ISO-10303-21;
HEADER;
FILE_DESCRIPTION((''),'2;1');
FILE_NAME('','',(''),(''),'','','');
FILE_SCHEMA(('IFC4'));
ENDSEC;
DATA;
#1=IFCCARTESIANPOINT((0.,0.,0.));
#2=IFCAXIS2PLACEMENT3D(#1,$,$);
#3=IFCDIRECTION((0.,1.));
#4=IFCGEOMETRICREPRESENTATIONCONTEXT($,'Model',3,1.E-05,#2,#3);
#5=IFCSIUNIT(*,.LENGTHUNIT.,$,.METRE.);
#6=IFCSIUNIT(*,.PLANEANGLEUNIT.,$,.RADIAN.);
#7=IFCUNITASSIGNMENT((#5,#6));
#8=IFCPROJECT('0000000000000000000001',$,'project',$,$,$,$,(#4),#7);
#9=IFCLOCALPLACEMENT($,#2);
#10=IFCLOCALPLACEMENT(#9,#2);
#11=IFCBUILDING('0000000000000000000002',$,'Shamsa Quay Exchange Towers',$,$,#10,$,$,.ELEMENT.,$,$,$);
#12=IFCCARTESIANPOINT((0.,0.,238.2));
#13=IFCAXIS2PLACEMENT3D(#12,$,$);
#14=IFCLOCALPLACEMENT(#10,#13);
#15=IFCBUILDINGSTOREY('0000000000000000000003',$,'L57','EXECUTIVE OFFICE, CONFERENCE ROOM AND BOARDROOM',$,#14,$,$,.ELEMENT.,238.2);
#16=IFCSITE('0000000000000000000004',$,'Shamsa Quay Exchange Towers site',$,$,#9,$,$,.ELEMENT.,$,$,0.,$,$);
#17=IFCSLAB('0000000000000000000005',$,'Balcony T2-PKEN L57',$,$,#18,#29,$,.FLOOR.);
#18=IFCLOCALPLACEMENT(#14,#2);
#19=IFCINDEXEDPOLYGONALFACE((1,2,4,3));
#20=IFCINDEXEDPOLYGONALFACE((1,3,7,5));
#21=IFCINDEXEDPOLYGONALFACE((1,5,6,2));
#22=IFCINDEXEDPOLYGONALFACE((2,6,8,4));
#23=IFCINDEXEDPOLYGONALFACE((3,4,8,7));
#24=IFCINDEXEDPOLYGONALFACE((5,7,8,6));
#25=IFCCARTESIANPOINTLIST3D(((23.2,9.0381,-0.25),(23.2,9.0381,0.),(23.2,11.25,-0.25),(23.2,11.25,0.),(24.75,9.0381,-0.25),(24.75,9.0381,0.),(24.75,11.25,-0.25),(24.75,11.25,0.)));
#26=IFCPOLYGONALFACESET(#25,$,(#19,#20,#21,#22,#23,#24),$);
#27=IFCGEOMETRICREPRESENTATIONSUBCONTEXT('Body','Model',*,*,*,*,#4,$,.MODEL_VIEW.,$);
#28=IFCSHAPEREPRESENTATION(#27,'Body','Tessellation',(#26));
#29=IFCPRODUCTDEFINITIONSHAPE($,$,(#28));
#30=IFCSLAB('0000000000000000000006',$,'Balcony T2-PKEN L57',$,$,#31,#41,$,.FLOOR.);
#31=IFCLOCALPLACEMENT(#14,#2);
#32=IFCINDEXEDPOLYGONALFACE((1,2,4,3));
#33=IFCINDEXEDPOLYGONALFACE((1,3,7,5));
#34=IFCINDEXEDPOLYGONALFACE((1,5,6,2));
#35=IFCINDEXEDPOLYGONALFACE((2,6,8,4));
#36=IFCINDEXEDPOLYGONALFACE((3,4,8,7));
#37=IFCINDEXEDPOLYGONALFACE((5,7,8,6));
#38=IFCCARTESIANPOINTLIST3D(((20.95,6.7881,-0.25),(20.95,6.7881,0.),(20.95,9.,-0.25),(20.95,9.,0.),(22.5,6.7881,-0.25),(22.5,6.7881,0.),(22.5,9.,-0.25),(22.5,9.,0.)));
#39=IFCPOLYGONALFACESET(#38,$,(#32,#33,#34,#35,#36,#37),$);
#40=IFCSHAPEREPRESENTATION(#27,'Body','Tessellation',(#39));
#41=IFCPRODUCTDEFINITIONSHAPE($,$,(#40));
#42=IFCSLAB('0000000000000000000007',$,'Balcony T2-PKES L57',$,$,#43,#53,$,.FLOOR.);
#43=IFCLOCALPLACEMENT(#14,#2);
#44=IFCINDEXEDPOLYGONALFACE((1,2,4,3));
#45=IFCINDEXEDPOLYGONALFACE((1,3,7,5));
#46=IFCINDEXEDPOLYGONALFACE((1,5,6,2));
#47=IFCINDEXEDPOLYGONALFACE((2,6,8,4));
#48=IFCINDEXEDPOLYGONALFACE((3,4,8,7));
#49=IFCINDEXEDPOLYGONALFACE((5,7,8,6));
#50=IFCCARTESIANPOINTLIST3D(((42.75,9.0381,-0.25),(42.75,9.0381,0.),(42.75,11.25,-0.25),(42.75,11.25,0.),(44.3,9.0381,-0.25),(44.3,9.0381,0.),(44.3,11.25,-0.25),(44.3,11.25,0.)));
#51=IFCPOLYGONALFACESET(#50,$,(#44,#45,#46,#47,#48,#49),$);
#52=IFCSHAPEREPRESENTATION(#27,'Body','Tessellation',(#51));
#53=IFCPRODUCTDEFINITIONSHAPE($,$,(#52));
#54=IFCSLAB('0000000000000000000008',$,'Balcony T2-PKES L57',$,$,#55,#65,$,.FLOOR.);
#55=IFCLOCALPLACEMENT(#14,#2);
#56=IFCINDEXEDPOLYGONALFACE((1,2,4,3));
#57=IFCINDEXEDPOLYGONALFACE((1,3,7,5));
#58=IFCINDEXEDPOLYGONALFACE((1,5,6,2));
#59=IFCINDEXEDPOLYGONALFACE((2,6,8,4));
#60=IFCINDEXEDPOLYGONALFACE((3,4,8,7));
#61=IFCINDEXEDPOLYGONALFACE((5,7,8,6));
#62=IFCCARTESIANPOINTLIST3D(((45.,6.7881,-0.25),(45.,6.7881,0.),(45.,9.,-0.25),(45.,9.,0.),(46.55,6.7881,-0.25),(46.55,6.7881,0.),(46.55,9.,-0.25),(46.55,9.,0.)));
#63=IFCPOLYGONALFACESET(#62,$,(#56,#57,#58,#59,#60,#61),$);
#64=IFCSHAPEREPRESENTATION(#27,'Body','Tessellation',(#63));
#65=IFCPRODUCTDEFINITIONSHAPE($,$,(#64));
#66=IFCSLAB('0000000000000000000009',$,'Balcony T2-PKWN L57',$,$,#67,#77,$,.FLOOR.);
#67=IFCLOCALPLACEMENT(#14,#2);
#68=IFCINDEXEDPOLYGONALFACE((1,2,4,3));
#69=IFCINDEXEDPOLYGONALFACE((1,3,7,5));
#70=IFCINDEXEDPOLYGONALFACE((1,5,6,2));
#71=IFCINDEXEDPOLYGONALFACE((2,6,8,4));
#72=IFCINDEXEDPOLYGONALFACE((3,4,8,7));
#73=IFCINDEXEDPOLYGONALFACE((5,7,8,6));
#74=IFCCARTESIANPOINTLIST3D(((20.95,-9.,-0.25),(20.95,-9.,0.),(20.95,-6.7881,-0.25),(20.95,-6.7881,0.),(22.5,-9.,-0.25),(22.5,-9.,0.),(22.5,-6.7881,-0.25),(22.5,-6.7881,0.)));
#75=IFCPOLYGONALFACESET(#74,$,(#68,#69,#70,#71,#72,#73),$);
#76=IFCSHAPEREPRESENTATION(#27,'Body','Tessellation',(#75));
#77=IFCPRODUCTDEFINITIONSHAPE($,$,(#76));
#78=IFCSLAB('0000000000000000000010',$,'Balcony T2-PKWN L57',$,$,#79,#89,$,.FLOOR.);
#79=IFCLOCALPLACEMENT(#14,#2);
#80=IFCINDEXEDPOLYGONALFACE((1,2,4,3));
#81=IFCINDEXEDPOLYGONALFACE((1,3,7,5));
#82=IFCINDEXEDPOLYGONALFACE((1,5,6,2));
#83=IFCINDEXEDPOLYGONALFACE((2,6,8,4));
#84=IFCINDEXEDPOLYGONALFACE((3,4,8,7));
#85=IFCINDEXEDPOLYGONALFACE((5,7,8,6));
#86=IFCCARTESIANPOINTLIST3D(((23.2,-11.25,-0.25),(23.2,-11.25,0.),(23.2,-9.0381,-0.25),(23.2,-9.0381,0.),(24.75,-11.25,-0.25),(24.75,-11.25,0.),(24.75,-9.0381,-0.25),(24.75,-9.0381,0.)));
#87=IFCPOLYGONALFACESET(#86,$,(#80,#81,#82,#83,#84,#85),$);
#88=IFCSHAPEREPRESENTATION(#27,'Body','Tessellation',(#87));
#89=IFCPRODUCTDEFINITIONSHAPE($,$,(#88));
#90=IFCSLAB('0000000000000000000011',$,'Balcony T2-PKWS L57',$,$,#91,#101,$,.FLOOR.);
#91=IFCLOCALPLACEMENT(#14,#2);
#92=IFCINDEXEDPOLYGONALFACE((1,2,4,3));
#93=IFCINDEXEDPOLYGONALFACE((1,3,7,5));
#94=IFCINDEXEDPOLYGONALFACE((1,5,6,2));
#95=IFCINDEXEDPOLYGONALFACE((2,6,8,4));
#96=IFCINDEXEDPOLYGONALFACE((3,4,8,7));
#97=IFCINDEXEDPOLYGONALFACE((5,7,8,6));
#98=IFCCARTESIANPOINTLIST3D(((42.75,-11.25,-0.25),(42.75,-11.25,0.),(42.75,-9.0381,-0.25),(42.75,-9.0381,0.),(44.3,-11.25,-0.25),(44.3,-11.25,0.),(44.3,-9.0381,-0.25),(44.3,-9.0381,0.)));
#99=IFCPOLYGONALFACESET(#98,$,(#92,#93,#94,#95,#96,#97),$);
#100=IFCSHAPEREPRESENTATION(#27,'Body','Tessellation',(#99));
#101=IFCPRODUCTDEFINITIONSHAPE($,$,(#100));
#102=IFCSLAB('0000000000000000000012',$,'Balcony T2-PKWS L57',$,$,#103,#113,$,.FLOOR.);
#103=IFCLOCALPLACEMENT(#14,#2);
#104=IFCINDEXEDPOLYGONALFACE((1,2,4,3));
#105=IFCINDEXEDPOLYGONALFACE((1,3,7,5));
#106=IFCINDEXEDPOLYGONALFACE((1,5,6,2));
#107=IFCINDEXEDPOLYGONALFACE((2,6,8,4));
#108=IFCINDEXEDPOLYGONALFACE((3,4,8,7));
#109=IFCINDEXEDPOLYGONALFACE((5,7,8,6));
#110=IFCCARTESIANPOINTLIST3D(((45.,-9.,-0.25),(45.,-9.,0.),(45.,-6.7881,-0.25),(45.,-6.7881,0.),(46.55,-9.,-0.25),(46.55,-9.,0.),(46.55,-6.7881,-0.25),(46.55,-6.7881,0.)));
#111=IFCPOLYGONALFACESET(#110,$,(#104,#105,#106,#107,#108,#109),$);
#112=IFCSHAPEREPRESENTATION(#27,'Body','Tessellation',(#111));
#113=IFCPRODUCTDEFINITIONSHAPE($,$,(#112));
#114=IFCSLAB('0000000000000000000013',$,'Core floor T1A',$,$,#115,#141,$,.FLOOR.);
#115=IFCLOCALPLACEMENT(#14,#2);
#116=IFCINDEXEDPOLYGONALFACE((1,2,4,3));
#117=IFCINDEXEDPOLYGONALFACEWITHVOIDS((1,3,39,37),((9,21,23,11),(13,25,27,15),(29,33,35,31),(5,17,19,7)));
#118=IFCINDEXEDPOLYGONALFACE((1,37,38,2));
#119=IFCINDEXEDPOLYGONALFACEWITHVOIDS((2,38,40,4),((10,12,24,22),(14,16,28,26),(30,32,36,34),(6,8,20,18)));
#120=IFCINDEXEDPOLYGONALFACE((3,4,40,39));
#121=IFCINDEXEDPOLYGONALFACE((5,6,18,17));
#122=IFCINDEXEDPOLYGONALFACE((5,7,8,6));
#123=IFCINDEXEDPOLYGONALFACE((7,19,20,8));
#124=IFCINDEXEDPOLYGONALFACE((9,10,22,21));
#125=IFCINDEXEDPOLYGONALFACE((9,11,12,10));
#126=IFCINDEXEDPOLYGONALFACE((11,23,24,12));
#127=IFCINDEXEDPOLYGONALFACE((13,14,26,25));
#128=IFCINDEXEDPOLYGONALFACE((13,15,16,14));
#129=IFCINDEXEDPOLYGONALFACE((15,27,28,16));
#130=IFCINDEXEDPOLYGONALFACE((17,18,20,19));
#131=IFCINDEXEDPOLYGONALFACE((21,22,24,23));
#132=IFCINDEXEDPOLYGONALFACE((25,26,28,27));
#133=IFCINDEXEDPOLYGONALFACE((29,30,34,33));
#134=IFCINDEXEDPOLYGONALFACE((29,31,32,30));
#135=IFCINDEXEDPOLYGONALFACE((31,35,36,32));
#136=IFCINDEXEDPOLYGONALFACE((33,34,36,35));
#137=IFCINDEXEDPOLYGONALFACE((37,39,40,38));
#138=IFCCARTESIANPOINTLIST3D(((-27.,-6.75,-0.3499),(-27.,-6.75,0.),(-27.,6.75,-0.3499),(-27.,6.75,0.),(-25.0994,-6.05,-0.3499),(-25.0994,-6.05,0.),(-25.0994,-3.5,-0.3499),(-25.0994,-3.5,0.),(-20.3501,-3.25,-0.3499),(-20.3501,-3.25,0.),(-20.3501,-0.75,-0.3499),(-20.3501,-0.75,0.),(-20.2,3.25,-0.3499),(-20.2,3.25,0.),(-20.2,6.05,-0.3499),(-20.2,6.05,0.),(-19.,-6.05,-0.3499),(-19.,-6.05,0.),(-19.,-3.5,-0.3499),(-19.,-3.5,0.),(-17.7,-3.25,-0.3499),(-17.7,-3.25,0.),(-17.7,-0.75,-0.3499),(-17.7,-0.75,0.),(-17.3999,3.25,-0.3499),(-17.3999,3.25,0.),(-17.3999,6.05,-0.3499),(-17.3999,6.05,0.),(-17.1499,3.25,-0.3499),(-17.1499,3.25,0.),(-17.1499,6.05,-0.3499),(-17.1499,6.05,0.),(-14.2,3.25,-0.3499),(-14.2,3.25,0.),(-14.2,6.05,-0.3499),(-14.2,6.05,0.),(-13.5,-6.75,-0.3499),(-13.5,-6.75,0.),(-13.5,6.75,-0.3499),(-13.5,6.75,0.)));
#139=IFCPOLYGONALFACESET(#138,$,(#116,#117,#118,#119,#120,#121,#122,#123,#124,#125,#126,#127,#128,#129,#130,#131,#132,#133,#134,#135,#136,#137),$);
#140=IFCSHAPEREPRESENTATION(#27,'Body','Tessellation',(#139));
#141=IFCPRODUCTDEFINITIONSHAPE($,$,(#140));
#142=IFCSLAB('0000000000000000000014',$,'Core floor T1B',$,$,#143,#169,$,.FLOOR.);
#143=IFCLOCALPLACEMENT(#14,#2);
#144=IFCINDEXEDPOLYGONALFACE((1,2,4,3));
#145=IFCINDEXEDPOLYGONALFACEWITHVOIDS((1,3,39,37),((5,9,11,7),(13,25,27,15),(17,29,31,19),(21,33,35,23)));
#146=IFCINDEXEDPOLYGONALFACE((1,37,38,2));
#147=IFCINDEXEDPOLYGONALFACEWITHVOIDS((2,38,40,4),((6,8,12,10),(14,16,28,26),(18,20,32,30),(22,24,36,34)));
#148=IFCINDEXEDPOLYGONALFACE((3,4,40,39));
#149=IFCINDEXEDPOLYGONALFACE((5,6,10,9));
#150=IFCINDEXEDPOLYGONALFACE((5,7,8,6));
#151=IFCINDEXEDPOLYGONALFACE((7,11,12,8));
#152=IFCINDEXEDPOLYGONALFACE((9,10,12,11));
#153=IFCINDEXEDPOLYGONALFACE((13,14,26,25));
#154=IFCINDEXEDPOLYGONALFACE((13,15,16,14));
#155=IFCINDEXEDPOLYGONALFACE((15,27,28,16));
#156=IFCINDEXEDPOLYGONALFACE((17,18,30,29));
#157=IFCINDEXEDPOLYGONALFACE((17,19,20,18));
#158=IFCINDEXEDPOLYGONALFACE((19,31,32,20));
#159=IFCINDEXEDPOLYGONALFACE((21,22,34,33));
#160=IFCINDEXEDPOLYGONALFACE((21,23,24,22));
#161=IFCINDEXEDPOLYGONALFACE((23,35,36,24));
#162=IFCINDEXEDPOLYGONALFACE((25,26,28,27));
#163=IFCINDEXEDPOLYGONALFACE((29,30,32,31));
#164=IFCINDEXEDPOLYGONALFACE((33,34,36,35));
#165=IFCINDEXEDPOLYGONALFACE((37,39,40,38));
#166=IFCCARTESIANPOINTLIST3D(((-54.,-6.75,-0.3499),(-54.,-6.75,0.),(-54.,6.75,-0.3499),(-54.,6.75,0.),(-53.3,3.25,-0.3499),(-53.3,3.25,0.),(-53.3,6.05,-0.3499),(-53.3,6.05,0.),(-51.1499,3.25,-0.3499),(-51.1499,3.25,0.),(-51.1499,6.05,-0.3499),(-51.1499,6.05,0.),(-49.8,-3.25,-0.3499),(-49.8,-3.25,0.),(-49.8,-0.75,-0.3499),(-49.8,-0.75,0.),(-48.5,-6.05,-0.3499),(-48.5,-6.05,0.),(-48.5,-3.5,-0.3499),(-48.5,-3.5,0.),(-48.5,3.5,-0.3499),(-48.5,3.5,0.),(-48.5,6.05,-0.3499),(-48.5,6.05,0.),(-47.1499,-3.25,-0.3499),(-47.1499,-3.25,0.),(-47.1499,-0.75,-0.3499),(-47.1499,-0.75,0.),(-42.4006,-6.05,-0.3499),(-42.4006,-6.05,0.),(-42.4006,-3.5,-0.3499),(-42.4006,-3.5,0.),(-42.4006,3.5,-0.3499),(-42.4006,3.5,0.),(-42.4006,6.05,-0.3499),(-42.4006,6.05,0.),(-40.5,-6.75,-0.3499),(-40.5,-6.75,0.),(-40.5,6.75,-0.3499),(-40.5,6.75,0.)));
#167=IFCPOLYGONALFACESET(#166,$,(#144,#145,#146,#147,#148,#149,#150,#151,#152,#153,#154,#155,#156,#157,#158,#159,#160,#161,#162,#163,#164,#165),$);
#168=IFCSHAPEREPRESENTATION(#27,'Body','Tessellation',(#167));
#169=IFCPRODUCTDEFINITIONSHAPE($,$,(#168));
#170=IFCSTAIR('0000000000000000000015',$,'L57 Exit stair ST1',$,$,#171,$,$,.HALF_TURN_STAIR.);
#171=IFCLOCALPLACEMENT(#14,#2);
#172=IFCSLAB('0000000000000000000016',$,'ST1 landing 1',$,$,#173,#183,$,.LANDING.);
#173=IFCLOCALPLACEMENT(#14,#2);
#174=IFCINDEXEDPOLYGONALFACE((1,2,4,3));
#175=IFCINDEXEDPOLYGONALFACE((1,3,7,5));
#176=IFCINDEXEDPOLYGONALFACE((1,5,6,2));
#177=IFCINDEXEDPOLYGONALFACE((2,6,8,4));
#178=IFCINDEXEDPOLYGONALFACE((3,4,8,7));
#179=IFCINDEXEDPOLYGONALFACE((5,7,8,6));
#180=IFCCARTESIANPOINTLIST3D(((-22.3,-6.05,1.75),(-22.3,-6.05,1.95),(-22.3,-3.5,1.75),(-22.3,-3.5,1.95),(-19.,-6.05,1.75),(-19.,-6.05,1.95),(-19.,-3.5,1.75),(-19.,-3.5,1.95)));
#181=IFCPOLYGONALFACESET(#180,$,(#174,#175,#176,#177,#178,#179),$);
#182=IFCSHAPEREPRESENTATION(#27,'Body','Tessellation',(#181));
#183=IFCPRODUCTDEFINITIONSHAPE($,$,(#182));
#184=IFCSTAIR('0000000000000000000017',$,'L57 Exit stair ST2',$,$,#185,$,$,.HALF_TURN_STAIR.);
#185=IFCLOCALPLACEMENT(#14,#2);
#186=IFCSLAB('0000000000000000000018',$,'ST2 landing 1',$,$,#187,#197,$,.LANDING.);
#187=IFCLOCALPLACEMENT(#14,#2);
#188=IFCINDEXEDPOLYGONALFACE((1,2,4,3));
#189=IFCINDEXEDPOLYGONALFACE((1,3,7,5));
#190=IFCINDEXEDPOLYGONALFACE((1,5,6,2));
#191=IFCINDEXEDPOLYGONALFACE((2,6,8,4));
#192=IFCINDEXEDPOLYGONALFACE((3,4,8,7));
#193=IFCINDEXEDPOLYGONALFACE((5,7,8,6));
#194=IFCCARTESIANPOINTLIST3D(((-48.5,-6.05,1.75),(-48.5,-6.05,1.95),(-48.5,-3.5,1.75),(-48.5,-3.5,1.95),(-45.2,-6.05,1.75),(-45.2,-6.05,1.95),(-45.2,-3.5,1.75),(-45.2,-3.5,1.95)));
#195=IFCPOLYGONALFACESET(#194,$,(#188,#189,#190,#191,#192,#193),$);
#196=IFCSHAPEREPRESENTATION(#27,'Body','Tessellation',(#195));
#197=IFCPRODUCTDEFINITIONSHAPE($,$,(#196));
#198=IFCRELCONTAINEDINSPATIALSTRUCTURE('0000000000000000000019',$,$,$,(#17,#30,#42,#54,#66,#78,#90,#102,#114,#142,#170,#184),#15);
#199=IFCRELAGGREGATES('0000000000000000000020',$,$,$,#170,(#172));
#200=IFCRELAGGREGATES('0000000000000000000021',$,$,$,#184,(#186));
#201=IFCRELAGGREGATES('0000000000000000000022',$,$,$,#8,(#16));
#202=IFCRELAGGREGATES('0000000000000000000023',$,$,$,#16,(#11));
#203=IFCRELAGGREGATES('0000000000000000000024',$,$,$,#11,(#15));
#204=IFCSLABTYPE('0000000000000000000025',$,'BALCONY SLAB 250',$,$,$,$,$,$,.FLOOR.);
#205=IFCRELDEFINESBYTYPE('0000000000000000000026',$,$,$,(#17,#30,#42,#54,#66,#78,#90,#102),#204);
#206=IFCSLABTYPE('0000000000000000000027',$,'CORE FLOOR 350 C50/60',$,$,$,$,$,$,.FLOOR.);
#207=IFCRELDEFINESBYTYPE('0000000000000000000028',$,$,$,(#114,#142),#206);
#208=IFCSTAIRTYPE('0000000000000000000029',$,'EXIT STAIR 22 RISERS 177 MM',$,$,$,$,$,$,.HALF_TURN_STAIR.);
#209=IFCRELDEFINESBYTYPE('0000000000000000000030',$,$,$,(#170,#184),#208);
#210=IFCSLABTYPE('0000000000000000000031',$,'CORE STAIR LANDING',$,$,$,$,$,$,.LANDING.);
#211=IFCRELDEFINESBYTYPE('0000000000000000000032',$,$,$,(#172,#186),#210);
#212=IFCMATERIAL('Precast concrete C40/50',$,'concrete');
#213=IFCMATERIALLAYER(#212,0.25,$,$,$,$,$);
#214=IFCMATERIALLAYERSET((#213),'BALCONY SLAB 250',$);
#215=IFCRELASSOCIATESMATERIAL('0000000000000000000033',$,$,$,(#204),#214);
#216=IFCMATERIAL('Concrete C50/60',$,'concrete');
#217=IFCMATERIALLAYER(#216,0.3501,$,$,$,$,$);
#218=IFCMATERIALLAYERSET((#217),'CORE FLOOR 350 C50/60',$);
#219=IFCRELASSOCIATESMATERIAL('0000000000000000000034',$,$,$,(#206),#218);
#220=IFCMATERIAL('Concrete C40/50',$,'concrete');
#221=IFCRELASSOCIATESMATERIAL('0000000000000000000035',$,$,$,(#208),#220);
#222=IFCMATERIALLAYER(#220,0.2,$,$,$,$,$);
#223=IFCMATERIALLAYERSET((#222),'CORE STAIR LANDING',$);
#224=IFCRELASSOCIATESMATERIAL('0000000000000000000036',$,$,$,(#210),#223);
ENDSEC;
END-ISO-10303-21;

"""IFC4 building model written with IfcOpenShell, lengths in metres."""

from ifc_helpers import new_model, si_unit, direction, frame, origin, place, context, subcontext, project, spatial, polyline, outline, extrude, material, layer, layer_set, type_object, element, aggregate, save


model = new_model("IFC4")

# Units and contexts
model_context = context("Model", 3, precision=1e-05, world=origin(), true_north=direction((0.0, 1.0)))
body_context = subcontext(model_context, "Body", "Model", "MODEL_VIEW")
ifc_project = project(units=[si_unit("LENGTHUNIT", "METRE"), si_unit("PLANEANGLEUNIT", "RADIAN")], contexts=[model_context])

# Site, building, storey
site_placement = place(None, origin())
site = spatial("IfcSite", under=ifc_project, at=site_placement, Name="Shamsa Quay Exchange Towers site", CompositionType="ELEMENT", RefElevation=0.0)
building_placement = place(site_placement, origin())
building = spatial("IfcBuilding", under=site, at=building_placement, Name="Shamsa Quay Exchange Towers", CompositionType="ELEMENT")
storey_placement = place(building_placement, frame((0.0, 0.0, 238.2)))
storey = spatial("IfcBuildingStorey", under=building, at=storey_placement, Name="L57", Description="EXECUTIVE OFFICE, CONFERENCE ROOM AND BOARDROOM", CompositionType="ELEMENT", Elevation=238.2)

# Slabs
ifc_material_1 = material(Name="Precast concrete C40/50", Category="concrete")
ifc_layer_1 = layer(ifc_material_1, 0.25)
ifc_layer_set_1 = layer_set([ifc_layer_1], Name="BALCONY SLAB 250")
slab_type_1 = type_object("IfcSlabType", Name="BALCONY SLAB 250", PredefinedType="FLOOR", material=ifc_layer_set_1)
slab_1_placement = place(storey_placement, frame((0.0, 0.0, -0.25)))
element("IfcSlab", 1, at=slab_1_placement, inside=storey, type_object=slab_type_1, Name="Balcony T2-PKEN L57", PredefinedType="FLOOR", context=body_context, shape_type="SweptSolid", body=[
    extrude(outline(polyline([(24.75, 11.25), (24.75, 9.0381), (23.2, 9.0381), (23.2, 11.25), (24.75, 11.25)])), origin(), (0.0, 0.0, 1.0), 0.25),
])
slab_2_placement = place(storey_placement, frame((0.0, 0.0, -0.25)))
element("IfcSlab", 2, at=slab_2_placement, inside=storey, type_object=slab_type_1, Name="Balcony T2-PKEN L57", PredefinedType="FLOOR", context=body_context, shape_type="SweptSolid", body=[
    extrude(outline(polyline([(22.5, 9.0), (22.5, 6.7881), (20.95, 6.7881), (20.95, 9.0), (22.5, 9.0)])), origin(), (0.0, 0.0, 1.0), 0.25),
])
slab_3_placement = place(storey_placement, frame((0.0, 0.0, -0.25)))
element("IfcSlab", 3, at=slab_3_placement, inside=storey, type_object=slab_type_1, Name="Balcony T2-PKES L57", PredefinedType="FLOOR", context=body_context, shape_type="SweptSolid", body=[
    extrude(outline(polyline([(42.75, 9.0381), (42.75, 11.25), (44.3, 11.25), (44.3, 9.0381), (42.75, 9.0381)])), origin(), (0.0, 0.0, 1.0), 0.25),
])
slab_4_placement = place(storey_placement, frame((0.0, 0.0, -0.25)))
element("IfcSlab", 4, at=slab_4_placement, inside=storey, type_object=slab_type_1, Name="Balcony T2-PKES L57", PredefinedType="FLOOR", context=body_context, shape_type="SweptSolid", body=[
    extrude(outline(polyline([(45.0, 6.7881), (45.0, 9.0), (46.55, 9.0), (46.55, 6.7881), (45.0, 6.7881)])), origin(), (0.0, 0.0, 1.0), 0.25),
])
slab_5_placement = place(storey_placement, frame((0.0, 0.0, -0.25)))
element("IfcSlab", 5, at=slab_5_placement, inside=storey, type_object=slab_type_1, Name="Balcony T2-PKWN L57", PredefinedType="FLOOR", context=body_context, shape_type="SweptSolid", body=[
    extrude(outline(polyline([(22.5, -6.7881), (22.5, -9.0), (20.95, -9.0), (20.95, -6.7881), (22.5, -6.7881)])), origin(), (0.0, 0.0, 1.0), 0.25),
])
slab_6_placement = place(storey_placement, frame((0.0, 0.0, -0.25)))
element("IfcSlab", 6, at=slab_6_placement, inside=storey, type_object=slab_type_1, Name="Balcony T2-PKWN L57", PredefinedType="FLOOR", context=body_context, shape_type="SweptSolid", body=[
    extrude(outline(polyline([(24.75, -9.0381), (24.75, -11.25), (23.2, -11.25), (23.2, -9.0381), (24.75, -9.0381)])), origin(), (0.0, 0.0, 1.0), 0.25),
])
slab_7_placement = place(storey_placement, frame((0.0, 0.0, -0.25)))
element("IfcSlab", 7, at=slab_7_placement, inside=storey, type_object=slab_type_1, Name="Balcony T2-PKWS L57", PredefinedType="FLOOR", context=body_context, shape_type="SweptSolid", body=[
    extrude(outline(polyline([(42.75, -11.25), (42.75, -9.0381), (44.3, -9.0381), (44.3, -11.25), (42.75, -11.25)])), origin(), (0.0, 0.0, 1.0), 0.25),
])
slab_8_placement = place(storey_placement, frame((0.0, 0.0, -0.25)))
element("IfcSlab", 8, at=slab_8_placement, inside=storey, type_object=slab_type_1, Name="Balcony T2-PKWS L57", PredefinedType="FLOOR", context=body_context, shape_type="SweptSolid", body=[
    extrude(outline(polyline([(45.0, -9.0), (45.0, -6.7881), (46.55, -6.7881), (46.55, -9.0), (45.0, -9.0)])), origin(), (0.0, 0.0, 1.0), 0.25),
])
ifc_material_2 = material(Name="Concrete C50/60", Category="concrete")
ifc_layer_2 = layer(ifc_material_2, 0.3501)
ifc_layer_set_2 = layer_set([ifc_layer_2], Name="CORE FLOOR 350 C50/60")
slab_type_2 = type_object("IfcSlabType", Name="CORE FLOOR 350 C50/60", PredefinedType="FLOOR", material=ifc_layer_set_2)
slab_9_placement = place(storey_placement, frame((0.0, 0.0, -0.3499)))
element("IfcSlab", 9, at=slab_9_placement, inside=storey, type_object=slab_type_2, Name="Core floor T1A", PredefinedType="FLOOR", context=body_context, shape_type="SweptSolid", body=[
    extrude(outline(polyline([(-27.0, -6.75), (-13.5, -6.75), (-13.5, 6.75), (-27.0, 6.75), (-27.0, -6.75)]), holes=[polyline([(-25.0994, -6.05), (-25.0994, -3.5), (-19.0, -3.5), (-19.0, -6.05), (-25.0994, -6.05)]), polyline([(-20.2, 3.25), (-20.2, 6.05), (-17.3999, 6.05), (-17.3999, 3.25), (-20.2, 3.25)]), polyline([(-17.1499, 3.25), (-17.1499, 6.05), (-14.2, 6.05), (-14.2, 3.25), (-17.1499, 3.25)]), polyline([(-20.3501, -3.25), (-20.3501, -0.75), (-17.7, -0.75), (-17.7, -3.25), (-20.3501, -3.25)])]), origin(), (0.0, 0.0, 1.0), 0.3499),
])
slab_10_placement = place(storey_placement, frame((0.0, 0.0, -0.3499)))
element("IfcSlab", 10, at=slab_10_placement, inside=storey, type_object=slab_type_2, Name="Core floor T1B", PredefinedType="FLOOR", context=body_context, shape_type="SweptSolid", body=[
    extrude(outline(polyline([(-40.5, -6.75), (-40.5, 6.75), (-54.0, 6.75), (-54.0, -6.75), (-40.5, -6.75)]), holes=[polyline([(-42.4006, -3.5), (-42.4006, -6.05), (-48.5, -6.05), (-48.5, -3.5), (-42.4006, -3.5)]), polyline([(-42.4006, 6.05), (-42.4006, 3.5), (-48.5, 3.5), (-48.5, 6.05), (-42.4006, 6.05)]), polyline([(-51.1499, 3.25), (-53.3, 3.25), (-53.3, 6.05), (-51.1499, 6.05), (-51.1499, 3.25)]), polyline([(-47.1499, -3.25), (-49.8, -3.25), (-49.8, -0.75), (-47.1499, -0.75), (-47.1499, -3.25)])]), origin(), (0.0, 0.0, 1.0), 0.3499),
])

# Stairs, slabs
ifc_material_3 = material(Name="Concrete C40/50", Category="concrete")
stair_type = type_object("IfcStairType", Name="EXIT STAIR 22 RISERS 177 MM", PredefinedType="HALF_TURN_STAIR", material=ifc_material_3)
stair_1_placement = place(storey_placement, origin())
stair_1 = element("IfcStair", 11, at=stair_1_placement, inside=storey, type_object=stair_type, Name="L57 Exit stair ST1", PredefinedType="HALF_TURN_STAIR")
ifc_layer_3 = layer(ifc_material_3, 0.2)
ifc_layer_set_3 = layer_set([ifc_layer_3], Name="CORE STAIR LANDING")
slab_type_3 = type_object("IfcSlabType", Name="CORE STAIR LANDING", PredefinedType="LANDING", material=ifc_layer_set_3)
slab_11_placement = place(storey_placement, frame((0.0, 0.0, 1.75)))
slab_11 = element("IfcSlab", 12, at=slab_11_placement, type_object=slab_type_3, Name="ST1 landing 1", PredefinedType="LANDING", context=body_context, shape_type="SweptSolid", body=[
    extrude(outline(polyline([(-22.3, -6.05), (-19.0, -6.05), (-19.0, -3.5), (-22.3, -3.5), (-22.3, -6.05)])), origin(), (0.0, 0.0, 1.0), 0.2),
])
aggregate(stair_1, [slab_11])
stair_2_placement = place(storey_placement, origin())
stair_2 = element("IfcStair", 13, at=stair_2_placement, inside=storey, type_object=stair_type, Name="L57 Exit stair ST2", PredefinedType="HALF_TURN_STAIR")
slab_12_placement = place(storey_placement, frame((0.0, 0.0, 1.75)))
slab_12 = element("IfcSlab", 14, at=slab_12_placement, type_object=slab_type_3, Name="ST2 landing 1", PredefinedType="LANDING", context=body_context, shape_type="SweptSolid", body=[
    extrude(outline(polyline([(-45.2, -3.5), (-48.5, -3.5), (-48.5, -6.05), (-45.2, -6.05), (-45.2, -3.5)])), origin(), (0.0, 0.0, 1.0), 0.2),
])
aggregate(stair_2, [slab_12])

save(model, "model.ifc")
